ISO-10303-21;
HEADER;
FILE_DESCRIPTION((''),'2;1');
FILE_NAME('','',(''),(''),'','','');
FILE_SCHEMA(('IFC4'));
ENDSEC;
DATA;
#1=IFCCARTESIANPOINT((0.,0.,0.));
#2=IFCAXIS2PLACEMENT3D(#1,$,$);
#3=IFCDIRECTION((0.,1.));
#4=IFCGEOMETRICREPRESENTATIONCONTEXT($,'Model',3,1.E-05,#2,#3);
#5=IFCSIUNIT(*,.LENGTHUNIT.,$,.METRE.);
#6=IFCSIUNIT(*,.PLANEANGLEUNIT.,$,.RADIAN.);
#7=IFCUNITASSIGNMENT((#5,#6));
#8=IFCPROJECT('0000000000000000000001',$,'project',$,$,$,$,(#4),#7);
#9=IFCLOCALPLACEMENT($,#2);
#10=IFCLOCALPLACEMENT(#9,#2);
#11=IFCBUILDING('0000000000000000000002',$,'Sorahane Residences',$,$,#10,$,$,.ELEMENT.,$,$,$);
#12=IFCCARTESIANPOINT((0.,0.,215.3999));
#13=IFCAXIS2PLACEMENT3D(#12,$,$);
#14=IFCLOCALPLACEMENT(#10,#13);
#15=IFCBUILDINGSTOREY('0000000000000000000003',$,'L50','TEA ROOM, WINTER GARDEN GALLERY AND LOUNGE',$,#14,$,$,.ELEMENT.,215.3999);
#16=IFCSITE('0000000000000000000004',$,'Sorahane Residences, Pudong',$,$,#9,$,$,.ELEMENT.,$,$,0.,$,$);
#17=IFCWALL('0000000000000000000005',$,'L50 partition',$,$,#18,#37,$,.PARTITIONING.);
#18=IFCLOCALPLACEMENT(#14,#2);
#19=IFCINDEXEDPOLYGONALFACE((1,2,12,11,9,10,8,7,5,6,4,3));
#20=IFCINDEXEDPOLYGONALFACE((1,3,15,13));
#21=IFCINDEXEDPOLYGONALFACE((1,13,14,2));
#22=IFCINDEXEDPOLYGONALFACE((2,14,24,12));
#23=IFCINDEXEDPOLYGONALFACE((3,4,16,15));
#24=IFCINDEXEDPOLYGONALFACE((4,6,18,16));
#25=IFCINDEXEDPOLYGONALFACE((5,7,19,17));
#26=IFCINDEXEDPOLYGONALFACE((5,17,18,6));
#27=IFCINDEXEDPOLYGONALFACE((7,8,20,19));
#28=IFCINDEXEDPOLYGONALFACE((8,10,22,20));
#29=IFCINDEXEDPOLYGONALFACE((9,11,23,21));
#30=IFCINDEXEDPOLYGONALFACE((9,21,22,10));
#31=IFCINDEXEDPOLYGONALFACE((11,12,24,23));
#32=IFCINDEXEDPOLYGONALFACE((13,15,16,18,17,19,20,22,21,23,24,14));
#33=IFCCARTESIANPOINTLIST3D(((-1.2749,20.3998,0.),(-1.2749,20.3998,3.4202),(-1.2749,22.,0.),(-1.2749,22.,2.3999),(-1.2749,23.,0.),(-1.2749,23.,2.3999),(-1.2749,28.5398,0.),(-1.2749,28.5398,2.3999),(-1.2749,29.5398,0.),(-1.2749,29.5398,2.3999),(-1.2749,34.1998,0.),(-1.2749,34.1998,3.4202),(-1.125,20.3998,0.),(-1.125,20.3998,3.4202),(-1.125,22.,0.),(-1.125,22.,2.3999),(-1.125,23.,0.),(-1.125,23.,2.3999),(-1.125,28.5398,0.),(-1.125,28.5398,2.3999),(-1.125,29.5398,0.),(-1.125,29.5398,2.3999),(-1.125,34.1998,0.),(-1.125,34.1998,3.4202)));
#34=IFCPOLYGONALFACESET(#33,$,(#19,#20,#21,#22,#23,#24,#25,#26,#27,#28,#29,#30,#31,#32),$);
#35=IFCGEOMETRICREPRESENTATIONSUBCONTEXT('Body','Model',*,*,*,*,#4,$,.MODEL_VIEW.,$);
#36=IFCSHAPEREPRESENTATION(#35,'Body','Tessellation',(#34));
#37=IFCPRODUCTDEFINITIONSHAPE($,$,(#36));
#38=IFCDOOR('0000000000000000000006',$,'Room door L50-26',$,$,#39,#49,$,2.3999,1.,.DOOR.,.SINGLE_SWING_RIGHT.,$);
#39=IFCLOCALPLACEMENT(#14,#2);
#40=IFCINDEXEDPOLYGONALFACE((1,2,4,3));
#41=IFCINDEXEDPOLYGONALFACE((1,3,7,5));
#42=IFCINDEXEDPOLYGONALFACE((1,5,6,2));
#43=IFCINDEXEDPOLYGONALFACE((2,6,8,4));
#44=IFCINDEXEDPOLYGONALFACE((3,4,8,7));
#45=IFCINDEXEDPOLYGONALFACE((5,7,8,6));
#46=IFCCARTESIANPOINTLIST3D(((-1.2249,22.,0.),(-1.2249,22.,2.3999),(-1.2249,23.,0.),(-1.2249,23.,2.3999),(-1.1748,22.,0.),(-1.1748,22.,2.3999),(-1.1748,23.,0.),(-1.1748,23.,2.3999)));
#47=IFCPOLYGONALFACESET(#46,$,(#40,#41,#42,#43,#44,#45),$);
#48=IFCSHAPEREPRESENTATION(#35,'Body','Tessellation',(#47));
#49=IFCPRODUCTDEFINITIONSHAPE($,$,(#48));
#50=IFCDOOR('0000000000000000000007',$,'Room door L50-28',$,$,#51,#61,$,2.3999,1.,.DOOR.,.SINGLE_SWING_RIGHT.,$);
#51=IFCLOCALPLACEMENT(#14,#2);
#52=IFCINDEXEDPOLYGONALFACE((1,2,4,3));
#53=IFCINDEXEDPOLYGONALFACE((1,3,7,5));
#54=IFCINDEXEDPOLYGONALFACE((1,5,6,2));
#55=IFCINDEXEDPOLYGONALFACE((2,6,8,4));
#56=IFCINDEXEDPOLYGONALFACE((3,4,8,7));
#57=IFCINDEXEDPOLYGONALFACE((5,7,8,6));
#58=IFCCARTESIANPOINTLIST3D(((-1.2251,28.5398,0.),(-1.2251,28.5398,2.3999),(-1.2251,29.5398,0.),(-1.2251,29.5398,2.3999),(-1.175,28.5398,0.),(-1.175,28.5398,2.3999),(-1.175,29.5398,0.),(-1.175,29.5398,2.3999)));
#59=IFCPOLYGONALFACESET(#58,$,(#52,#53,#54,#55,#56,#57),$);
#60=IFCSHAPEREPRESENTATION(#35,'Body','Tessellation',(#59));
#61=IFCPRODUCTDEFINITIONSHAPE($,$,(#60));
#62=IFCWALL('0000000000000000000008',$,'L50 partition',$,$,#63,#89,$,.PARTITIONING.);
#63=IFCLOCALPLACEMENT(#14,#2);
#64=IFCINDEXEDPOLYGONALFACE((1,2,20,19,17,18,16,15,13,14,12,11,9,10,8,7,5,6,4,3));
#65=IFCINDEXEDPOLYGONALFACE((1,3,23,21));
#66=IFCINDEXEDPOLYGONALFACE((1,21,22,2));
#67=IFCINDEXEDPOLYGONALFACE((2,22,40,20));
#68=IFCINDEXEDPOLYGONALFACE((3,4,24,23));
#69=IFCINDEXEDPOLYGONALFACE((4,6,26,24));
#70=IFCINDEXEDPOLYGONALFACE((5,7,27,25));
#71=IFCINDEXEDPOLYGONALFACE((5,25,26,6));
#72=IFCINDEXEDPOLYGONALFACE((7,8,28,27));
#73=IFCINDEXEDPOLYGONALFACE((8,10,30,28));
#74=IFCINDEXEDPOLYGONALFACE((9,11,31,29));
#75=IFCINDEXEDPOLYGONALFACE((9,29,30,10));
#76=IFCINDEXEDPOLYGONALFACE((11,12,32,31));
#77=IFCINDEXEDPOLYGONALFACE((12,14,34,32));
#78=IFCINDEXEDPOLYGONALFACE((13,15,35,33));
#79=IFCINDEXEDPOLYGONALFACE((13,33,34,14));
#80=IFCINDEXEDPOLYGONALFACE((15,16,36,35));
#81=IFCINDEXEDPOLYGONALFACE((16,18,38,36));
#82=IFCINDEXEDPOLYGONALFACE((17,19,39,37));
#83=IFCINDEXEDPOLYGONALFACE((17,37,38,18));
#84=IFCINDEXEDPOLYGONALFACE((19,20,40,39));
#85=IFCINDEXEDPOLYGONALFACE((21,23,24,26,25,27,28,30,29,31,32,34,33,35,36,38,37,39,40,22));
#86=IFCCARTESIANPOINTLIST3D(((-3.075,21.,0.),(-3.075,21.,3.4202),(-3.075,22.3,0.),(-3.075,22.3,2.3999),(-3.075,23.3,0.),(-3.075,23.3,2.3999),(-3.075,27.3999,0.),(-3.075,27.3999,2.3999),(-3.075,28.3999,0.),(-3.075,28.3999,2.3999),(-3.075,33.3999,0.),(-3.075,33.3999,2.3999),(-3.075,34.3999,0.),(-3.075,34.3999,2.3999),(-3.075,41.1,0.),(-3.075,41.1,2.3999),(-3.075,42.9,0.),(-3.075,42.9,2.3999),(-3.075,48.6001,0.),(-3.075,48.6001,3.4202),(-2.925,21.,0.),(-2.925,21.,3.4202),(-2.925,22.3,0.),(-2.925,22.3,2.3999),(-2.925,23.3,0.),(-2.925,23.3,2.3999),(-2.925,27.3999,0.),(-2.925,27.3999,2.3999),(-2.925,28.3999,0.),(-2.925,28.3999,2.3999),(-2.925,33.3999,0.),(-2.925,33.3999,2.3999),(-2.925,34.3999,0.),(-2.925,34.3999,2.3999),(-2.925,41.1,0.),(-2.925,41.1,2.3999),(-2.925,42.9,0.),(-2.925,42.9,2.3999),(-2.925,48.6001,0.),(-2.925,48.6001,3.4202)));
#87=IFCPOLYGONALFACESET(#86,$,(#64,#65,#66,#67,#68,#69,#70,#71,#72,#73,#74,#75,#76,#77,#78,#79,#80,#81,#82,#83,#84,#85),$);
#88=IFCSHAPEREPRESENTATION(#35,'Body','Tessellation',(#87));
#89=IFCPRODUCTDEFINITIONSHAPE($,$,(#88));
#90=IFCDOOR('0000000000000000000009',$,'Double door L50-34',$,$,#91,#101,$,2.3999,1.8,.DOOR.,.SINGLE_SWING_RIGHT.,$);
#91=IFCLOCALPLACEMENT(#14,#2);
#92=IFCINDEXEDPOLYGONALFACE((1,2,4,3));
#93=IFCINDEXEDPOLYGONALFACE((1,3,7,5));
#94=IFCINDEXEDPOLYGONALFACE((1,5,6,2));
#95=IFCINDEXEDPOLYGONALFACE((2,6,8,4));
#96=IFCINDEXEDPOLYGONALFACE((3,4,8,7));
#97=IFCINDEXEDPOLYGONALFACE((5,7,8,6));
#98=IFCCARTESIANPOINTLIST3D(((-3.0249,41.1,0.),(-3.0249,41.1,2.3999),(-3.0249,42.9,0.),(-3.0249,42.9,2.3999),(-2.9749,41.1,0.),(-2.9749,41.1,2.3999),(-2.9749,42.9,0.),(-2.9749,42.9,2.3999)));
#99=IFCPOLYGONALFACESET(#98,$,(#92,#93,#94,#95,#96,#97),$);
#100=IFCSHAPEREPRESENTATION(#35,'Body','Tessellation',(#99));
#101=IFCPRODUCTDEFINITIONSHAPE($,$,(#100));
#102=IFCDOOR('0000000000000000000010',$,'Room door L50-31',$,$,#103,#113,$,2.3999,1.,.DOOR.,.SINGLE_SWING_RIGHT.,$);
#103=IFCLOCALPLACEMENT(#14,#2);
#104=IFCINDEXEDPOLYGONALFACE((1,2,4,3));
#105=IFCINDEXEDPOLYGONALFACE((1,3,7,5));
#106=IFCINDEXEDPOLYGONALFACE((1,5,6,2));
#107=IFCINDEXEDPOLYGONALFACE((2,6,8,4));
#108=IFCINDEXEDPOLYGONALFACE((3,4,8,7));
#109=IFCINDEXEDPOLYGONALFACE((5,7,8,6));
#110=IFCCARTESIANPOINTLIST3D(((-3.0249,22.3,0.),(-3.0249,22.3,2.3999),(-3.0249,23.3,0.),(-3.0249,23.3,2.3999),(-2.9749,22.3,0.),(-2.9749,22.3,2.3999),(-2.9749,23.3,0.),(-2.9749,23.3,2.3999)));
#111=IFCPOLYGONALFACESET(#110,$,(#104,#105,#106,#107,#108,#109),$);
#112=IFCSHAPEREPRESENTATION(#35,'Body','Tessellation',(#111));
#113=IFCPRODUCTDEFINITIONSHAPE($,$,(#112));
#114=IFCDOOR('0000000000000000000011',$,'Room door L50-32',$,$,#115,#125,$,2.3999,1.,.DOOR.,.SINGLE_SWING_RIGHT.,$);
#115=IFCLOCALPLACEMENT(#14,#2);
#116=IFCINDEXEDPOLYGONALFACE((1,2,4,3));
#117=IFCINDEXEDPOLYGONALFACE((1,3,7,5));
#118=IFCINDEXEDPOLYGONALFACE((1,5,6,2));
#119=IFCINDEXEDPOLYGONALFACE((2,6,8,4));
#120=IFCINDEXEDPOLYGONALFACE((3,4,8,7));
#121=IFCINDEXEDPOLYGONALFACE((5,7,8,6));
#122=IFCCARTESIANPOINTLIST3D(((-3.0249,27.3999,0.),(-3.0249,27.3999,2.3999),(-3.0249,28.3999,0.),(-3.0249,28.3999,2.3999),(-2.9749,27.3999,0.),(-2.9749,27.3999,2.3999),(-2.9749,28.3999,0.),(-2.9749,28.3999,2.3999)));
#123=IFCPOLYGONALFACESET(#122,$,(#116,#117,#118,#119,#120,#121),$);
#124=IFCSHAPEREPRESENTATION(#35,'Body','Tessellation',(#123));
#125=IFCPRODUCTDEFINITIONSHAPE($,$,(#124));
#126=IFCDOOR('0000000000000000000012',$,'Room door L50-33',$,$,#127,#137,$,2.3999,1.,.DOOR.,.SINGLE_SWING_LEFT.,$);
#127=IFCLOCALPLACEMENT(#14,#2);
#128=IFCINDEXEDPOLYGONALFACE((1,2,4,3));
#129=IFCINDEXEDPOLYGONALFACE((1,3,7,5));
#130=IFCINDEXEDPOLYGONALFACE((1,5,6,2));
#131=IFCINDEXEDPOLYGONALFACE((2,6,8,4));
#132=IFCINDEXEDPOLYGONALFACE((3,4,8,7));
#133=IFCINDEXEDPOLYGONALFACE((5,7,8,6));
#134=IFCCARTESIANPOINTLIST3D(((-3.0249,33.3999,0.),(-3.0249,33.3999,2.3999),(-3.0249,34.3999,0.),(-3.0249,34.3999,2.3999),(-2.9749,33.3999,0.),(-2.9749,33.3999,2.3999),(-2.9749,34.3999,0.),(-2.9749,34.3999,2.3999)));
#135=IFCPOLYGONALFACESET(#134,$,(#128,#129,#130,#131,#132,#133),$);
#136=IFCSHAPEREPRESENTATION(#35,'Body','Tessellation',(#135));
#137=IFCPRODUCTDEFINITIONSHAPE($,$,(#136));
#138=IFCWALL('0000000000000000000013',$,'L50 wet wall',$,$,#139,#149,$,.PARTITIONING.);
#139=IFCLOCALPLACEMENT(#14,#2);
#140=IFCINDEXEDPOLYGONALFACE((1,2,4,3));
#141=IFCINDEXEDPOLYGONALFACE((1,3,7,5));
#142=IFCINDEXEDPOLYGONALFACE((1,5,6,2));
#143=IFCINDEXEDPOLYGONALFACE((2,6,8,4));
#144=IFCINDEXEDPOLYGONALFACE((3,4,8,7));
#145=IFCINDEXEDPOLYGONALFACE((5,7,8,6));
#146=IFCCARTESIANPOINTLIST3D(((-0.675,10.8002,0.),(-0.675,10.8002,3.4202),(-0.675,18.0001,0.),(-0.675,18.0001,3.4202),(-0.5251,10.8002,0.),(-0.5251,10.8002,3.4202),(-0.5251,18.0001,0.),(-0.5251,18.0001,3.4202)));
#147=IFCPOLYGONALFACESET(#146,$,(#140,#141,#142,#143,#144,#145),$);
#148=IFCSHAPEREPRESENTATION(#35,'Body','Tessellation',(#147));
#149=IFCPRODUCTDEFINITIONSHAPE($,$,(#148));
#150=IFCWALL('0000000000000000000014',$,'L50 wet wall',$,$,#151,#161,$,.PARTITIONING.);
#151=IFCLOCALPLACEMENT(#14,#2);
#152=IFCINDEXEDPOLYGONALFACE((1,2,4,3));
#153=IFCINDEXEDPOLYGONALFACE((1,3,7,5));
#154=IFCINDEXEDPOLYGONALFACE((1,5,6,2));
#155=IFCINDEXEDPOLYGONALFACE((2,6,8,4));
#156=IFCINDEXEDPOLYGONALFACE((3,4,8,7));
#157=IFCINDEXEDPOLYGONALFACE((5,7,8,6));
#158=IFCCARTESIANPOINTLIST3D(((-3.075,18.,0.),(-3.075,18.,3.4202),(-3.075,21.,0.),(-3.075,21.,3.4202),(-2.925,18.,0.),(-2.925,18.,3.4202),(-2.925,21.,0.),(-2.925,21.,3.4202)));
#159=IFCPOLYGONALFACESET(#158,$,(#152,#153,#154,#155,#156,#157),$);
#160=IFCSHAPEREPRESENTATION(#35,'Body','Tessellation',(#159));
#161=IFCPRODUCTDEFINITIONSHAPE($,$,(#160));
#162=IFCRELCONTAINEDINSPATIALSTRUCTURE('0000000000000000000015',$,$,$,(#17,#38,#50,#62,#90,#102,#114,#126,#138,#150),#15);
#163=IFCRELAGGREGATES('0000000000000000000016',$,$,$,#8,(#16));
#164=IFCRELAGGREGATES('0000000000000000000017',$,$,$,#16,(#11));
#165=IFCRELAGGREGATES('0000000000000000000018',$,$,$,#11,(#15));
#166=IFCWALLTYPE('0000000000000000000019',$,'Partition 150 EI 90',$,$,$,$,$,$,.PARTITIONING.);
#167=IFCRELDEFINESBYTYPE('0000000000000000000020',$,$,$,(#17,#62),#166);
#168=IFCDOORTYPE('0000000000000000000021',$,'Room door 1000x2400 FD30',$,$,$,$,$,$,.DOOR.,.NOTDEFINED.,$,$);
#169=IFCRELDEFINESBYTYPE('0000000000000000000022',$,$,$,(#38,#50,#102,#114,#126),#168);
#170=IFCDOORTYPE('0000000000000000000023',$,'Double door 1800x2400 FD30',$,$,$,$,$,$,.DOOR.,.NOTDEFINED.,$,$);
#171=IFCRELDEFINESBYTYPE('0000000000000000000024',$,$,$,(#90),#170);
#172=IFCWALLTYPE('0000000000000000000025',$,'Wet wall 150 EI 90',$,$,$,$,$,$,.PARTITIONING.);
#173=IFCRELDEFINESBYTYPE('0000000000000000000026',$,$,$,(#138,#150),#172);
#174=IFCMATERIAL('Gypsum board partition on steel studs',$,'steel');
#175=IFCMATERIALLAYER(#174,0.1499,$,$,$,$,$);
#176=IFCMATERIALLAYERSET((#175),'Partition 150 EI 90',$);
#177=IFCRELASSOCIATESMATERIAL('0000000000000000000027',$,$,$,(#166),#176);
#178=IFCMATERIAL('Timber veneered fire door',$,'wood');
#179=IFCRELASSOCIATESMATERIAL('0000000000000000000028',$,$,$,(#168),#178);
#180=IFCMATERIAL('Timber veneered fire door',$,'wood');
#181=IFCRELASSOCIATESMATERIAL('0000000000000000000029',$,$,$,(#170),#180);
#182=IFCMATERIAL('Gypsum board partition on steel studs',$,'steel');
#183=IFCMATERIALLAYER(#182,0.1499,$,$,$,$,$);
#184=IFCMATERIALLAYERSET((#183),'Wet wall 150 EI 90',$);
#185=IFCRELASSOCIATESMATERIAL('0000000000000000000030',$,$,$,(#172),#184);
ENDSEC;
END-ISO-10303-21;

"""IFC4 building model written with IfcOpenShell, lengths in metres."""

from ifc_helpers import new_model, si_unit, direction, frame, frame_2d, origin, place, context, subcontext, project, spatial, rectangle, extrude, material, layer, layer_set, type_object, element, fill, save


model = new_model("IFC4")

# Units and contexts
model_context = context("Model", 3, precision=1e-05, world=origin(), true_north=direction((0.0, 1.0)))
body_context = subcontext(model_context, "Body", "Model", "MODEL_VIEW")
ifc_project = project(units=[si_unit("LENGTHUNIT", "METRE"), si_unit("PLANEANGLEUNIT", "RADIAN")], contexts=[model_context])

# Site, building, storey
site_placement = place(None, origin())
site = spatial("IfcSite", under=ifc_project, at=site_placement, Name="Sorahane Residences, Pudong", CompositionType="ELEMENT", RefElevation=0.0)
building_placement = place(site_placement, origin())
building = spatial("IfcBuilding", under=site, at=building_placement, Name="Sorahane Residences", CompositionType="ELEMENT")
storey_placement = place(building_placement, frame((0.0, 0.0, 215.3999)))
storey = spatial("IfcBuildingStorey", under=building, at=storey_placement, Name="L50", Description="TEA ROOM, WINTER GARDEN GALLERY AND LOUNGE", CompositionType="ELEMENT", Elevation=215.3999)

# Walls, openings, doors
ifc_material_1 = material(Name="Gypsum board partition on steel studs", Category="steel")
ifc_layer_1 = layer(ifc_material_1, 0.1499)
ifc_layer_set_1 = layer_set([ifc_layer_1], Name="Partition 150 EI 90")
wall_type_1 = type_object("IfcWallType", Name="Partition 150 EI 90", PredefinedType="PARTITIONING", material=ifc_layer_set_1)
wall_1_placement = place(storey_placement, frame((-1.2, 20.3999, 0.0), z_axis=(0.0, 0.0, 1.0), x_axis=(0.0, 1.0, 0.0)))
wall_1 = element("IfcWall", 1, at=wall_1_placement, inside=storey, type_object=wall_type_1, Name="L50 partition", PredefinedType="PARTITIONING", context=body_context, shape_type="SweptSolid", body=[
    extrude(rectangle(XDim=13.8, YDim=0.1499, at=frame_2d((6.8999, 0.0))), origin(), (0.0, 0.0, 1.0), 3.4202),
])
opening_1_placement = place(wall_1_placement, frame((1.6001, 0.0, 0.0)))
opening_1 = element("IfcOpeningElement", 2, at=opening_1_placement, cuts=wall_1, PredefinedType="OPENING", context=body_context, shape_type="SweptSolid", body=[
    extrude(rectangle(XDim=1.0, YDim=2.3999, at=frame_2d((0.5, 1.2))), frame((0.0, 0.085, 0.0), z_axis=(0.0, -1.0, 0.0), x_axis=(1.0, 0.0, 0.0)), (0.0, 0.0, 1.0), 0.1699),
])
opening_2_placement = place(wall_1_placement, frame((8.1399, 0.0, 0.0)))
opening_2 = element("IfcOpeningElement", 3, at=opening_2_placement, cuts=wall_1, PredefinedType="OPENING", context=body_context, shape_type="SweptSolid", body=[
    extrude(rectangle(XDim=1.0, YDim=2.3999, at=frame_2d((0.5, 1.2))), frame((0.0, 0.085, 0.0), z_axis=(0.0, -1.0, 0.0), x_axis=(1.0, 0.0, 0.0)), (0.0, 0.0, 1.0), 0.1699),
])
ifc_material_2 = material(Name="Timber veneered fire door", Category="wood")
door_type_1 = type_object("IfcDoorType", Name="Room door 1000x2400 FD30", OperationType="NOTDEFINED", PredefinedType="DOOR", material=ifc_material_2)
door_1_placement = place(opening_1_placement, origin())
door_1 = element("IfcDoor", 4, at=door_1_placement, inside=storey, type_object=door_type_1, Name="Room door L50-26", OperationType="SINGLE_SWING_RIGHT", OverallHeight=2.3999, OverallWidth=1.0, PredefinedType="DOOR", context=body_context, shape_type="SweptSolid", body=[
    extrude(rectangle(XDim=1.0, YDim=2.3999, at=frame_2d((0.5, 1.2))), frame((0.0, 0.0249, 0.0), z_axis=(0.0, -1.0, 0.0), x_axis=(1.0, 0.0, 0.0)), (0.0, 0.0, 1.0), 0.05),
])
fill(opening_1, door_1)
door_2_placement = place(opening_2_placement, frame((1.0, 0.0, 0.0), z_axis=(0.0, 0.0, 1.0), x_axis=(-1.0, 0.0, 0.0)))
door_2 = element("IfcDoor", 5, at=door_2_placement, inside=storey, type_object=door_type_1, Name="Room door L50-28", OperationType="SINGLE_SWING_RIGHT", OverallHeight=2.3999, OverallWidth=1.0, PredefinedType="DOOR", context=body_context, shape_type="SweptSolid", body=[
    extrude(rectangle(XDim=1.0, YDim=2.3999, at=frame_2d((0.5, 1.2))), frame((0.0, 0.0249, 0.0), z_axis=(0.0, -1.0, 0.0), x_axis=(1.0, 0.0, 0.0)), (0.0, 0.0, 1.0), 0.05),
])
fill(opening_2, door_2)
wall_2_placement = place(storey_placement, frame((-3.0, 21.0, 0.0), z_axis=(0.0, 0.0, 1.0), x_axis=(0.0, 1.0, 0.0)))
wall_2 = element("IfcWall", 6, at=wall_2_placement, inside=storey, type_object=wall_type_1, Name="L50 partition", PredefinedType="PARTITIONING", context=body_context, shape_type="SweptSolid", body=[
    extrude(rectangle(XDim=27.6001, YDim=0.1499, at=frame_2d((13.8, 0.0))), origin(), (0.0, 0.0, 1.0), 3.4202),
])
opening_3_placement = place(wall_2_placement, frame((1.3, 0.0, 0.0)))
opening_3 = element("IfcOpeningElement", 7, at=opening_3_placement, cuts=wall_2, PredefinedType="OPENING", context=body_context, shape_type="SweptSolid", body=[
    extrude(rectangle(XDim=1.0, YDim=2.3999, at=frame_2d((0.5, 1.2))), frame((0.0, 0.085, 0.0), z_axis=(0.0, -1.0, 0.0), x_axis=(1.0, 0.0, 0.0)), (0.0, 0.0, 1.0), 0.1699),
])
opening_4_placement = place(wall_2_placement, frame((6.3999, 0.0, 0.0)))
opening_4 = element("IfcOpeningElement", 8, at=opening_4_placement, cuts=wall_2, PredefinedType="OPENING", context=body_context, shape_type="SweptSolid", body=[
    extrude(rectangle(XDim=1.0, YDim=2.3999, at=frame_2d((0.5, 1.2))), frame((0.0, 0.085, 0.0), z_axis=(0.0, -1.0, 0.0), x_axis=(1.0, 0.0, 0.0)), (0.0, 0.0, 1.0), 0.1699),
])
opening_5_placement = place(wall_2_placement, frame((12.3999, 0.0, 0.0)))
opening_5 = element("IfcOpeningElement", 9, at=opening_5_placement, cuts=wall_2, PredefinedType="OPENING", context=body_context, shape_type="SweptSolid", body=[
    extrude(rectangle(XDim=1.0, YDim=2.3999, at=frame_2d((0.5, 1.2))), frame((0.0, 0.085, 0.0), z_axis=(0.0, -1.0, 0.0), x_axis=(1.0, 0.0, 0.0)), (0.0, 0.0, 1.0), 0.1699),
])
opening_6_placement = place(wall_2_placement, frame((20.1001, 0.0, 0.0)))
opening_6 = element("IfcOpeningElement", 10, at=opening_6_placement, cuts=wall_2, PredefinedType="OPENING", context=body_context, shape_type="SweptSolid", body=[
    extrude(rectangle(XDim=1.8, YDim=2.3999, at=frame_2d((0.8999, 1.2))), frame((0.0, 0.085, 0.0), z_axis=(0.0, -1.0, 0.0), x_axis=(1.0, 0.0, 0.0)), (0.0, 0.0, 1.0), 0.1699),
])
ifc_material_3 = material(Name="Timber veneered fire door", Category="wood")
door_type_2 = type_object("IfcDoorType", Name="Double door 1800x2400 FD30", OperationType="NOTDEFINED", PredefinedType="DOOR", material=ifc_material_3)
door_3_placement = place(opening_6_placement, origin())
door_3 = element("IfcDoor", 11, at=door_3_placement, inside=storey, type_object=door_type_2, Name="Double door L50-34", OperationType="SINGLE_SWING_RIGHT", OverallHeight=2.3999, OverallWidth=1.8, PredefinedType="DOOR", context=body_context, shape_type="SweptSolid", body=[
    extrude(rectangle(XDim=1.8, YDim=2.3999, at=frame_2d((0.8999, 1.2))), frame((0.0, 0.0249, 0.0), z_axis=(0.0, -1.0, 0.0), x_axis=(1.0, 0.0, 0.0)), (0.0, 0.0, 1.0), 0.05),
])
fill(opening_6, door_3)
door_4_placement = place(opening_3_placement, origin())
door_4 = element("IfcDoor", 12, at=door_4_placement, inside=storey, type_object=door_type_1, Name="Room door L50-31", OperationType="SINGLE_SWING_RIGHT", OverallHeight=2.3999, OverallWidth=1.0, PredefinedType="DOOR", context=body_context, shape_type="SweptSolid", body=[
    extrude(rectangle(XDim=1.0, YDim=2.3999, at=frame_2d((0.5, 1.2))), frame((0.0, 0.0249, 0.0), z_axis=(0.0, -1.0, 0.0), x_axis=(1.0, 0.0, 0.0)), (0.0, 0.0, 1.0), 0.05),
])
fill(opening_3, door_4)
door_5_placement = place(opening_4_placement, origin())
door_5 = element("IfcDoor", 13, at=door_5_placement, inside=storey, type_object=door_type_1, Name="Room door L50-32", OperationType="SINGLE_SWING_RIGHT", OverallHeight=2.3999, OverallWidth=1.0, PredefinedType="DOOR", context=body_context, shape_type="SweptSolid", body=[
    extrude(rectangle(XDim=1.0, YDim=2.3999, at=frame_2d((0.5, 1.2))), frame((0.0, 0.0249, 0.0), z_axis=(0.0, -1.0, 0.0), x_axis=(1.0, 0.0, 0.0)), (0.0, 0.0, 1.0), 0.05),
])
fill(opening_4, door_5)
door_6_placement = place(opening_5_placement, origin())
door_6 = element("IfcDoor", 14, at=door_6_placement, inside=storey, type_object=door_type_1, Name="Room door L50-33", OperationType="SINGLE_SWING_LEFT", OverallHeight=2.3999, OverallWidth=1.0, PredefinedType="DOOR", context=body_context, shape_type="SweptSolid", body=[
    extrude(rectangle(XDim=1.0, YDim=2.3999, at=frame_2d((0.5, 1.2))), frame((0.0, 0.0249, 0.0), z_axis=(0.0, -1.0, 0.0), x_axis=(1.0, 0.0, 0.0)), (0.0, 0.0, 1.0), 0.05),
])
fill(opening_5, door_6)

# Wall
ifc_material_4 = material(Name="Gypsum board partition on steel studs", Category="steel")
ifc_layer_2 = layer(ifc_material_4, 0.1499)
ifc_layer_set_2 = layer_set([ifc_layer_2], Name="Wet wall 150 EI 90")
wall_type_2 = type_object("IfcWallType", Name="Wet wall 150 EI 90", PredefinedType="PARTITIONING", material=ifc_layer_set_2)
wall_3_placement = place(storey_placement, frame((-0.6001, 10.8, 0.0), z_axis=(0.0, 0.0, 1.0), x_axis=(0.0, 1.0, 0.0)))
element("IfcWall", 15, at=wall_3_placement, inside=storey, type_object=wall_type_2, Name="L50 wet wall", PredefinedType="PARTITIONING", context=body_context, shape_type="SweptSolid", body=[
    extrude(rectangle(XDim=7.2, YDim=0.1499, at=frame_2d((3.6001, 0.0))), origin(), (0.0, 0.0, 1.0), 3.4202),
])

# Wall
wall_4_placement = place(storey_placement, frame((-3.0, 18.0, 0.0), z_axis=(0.0, 0.0, 1.0), x_axis=(0.0, 1.0, 0.0)))
element("IfcWall", 16, at=wall_4_placement, inside=storey, type_object=wall_type_2, Name="L50 wet wall", PredefinedType="PARTITIONING", context=body_context, shape_type="SweptSolid", body=[
    extrude(rectangle(XDim=3.0, YDim=0.1499, at=frame_2d((1.5, 0.0))), origin(), (0.0, 0.0, 1.0), 3.4202),
])

save(model, "model.ifc")
